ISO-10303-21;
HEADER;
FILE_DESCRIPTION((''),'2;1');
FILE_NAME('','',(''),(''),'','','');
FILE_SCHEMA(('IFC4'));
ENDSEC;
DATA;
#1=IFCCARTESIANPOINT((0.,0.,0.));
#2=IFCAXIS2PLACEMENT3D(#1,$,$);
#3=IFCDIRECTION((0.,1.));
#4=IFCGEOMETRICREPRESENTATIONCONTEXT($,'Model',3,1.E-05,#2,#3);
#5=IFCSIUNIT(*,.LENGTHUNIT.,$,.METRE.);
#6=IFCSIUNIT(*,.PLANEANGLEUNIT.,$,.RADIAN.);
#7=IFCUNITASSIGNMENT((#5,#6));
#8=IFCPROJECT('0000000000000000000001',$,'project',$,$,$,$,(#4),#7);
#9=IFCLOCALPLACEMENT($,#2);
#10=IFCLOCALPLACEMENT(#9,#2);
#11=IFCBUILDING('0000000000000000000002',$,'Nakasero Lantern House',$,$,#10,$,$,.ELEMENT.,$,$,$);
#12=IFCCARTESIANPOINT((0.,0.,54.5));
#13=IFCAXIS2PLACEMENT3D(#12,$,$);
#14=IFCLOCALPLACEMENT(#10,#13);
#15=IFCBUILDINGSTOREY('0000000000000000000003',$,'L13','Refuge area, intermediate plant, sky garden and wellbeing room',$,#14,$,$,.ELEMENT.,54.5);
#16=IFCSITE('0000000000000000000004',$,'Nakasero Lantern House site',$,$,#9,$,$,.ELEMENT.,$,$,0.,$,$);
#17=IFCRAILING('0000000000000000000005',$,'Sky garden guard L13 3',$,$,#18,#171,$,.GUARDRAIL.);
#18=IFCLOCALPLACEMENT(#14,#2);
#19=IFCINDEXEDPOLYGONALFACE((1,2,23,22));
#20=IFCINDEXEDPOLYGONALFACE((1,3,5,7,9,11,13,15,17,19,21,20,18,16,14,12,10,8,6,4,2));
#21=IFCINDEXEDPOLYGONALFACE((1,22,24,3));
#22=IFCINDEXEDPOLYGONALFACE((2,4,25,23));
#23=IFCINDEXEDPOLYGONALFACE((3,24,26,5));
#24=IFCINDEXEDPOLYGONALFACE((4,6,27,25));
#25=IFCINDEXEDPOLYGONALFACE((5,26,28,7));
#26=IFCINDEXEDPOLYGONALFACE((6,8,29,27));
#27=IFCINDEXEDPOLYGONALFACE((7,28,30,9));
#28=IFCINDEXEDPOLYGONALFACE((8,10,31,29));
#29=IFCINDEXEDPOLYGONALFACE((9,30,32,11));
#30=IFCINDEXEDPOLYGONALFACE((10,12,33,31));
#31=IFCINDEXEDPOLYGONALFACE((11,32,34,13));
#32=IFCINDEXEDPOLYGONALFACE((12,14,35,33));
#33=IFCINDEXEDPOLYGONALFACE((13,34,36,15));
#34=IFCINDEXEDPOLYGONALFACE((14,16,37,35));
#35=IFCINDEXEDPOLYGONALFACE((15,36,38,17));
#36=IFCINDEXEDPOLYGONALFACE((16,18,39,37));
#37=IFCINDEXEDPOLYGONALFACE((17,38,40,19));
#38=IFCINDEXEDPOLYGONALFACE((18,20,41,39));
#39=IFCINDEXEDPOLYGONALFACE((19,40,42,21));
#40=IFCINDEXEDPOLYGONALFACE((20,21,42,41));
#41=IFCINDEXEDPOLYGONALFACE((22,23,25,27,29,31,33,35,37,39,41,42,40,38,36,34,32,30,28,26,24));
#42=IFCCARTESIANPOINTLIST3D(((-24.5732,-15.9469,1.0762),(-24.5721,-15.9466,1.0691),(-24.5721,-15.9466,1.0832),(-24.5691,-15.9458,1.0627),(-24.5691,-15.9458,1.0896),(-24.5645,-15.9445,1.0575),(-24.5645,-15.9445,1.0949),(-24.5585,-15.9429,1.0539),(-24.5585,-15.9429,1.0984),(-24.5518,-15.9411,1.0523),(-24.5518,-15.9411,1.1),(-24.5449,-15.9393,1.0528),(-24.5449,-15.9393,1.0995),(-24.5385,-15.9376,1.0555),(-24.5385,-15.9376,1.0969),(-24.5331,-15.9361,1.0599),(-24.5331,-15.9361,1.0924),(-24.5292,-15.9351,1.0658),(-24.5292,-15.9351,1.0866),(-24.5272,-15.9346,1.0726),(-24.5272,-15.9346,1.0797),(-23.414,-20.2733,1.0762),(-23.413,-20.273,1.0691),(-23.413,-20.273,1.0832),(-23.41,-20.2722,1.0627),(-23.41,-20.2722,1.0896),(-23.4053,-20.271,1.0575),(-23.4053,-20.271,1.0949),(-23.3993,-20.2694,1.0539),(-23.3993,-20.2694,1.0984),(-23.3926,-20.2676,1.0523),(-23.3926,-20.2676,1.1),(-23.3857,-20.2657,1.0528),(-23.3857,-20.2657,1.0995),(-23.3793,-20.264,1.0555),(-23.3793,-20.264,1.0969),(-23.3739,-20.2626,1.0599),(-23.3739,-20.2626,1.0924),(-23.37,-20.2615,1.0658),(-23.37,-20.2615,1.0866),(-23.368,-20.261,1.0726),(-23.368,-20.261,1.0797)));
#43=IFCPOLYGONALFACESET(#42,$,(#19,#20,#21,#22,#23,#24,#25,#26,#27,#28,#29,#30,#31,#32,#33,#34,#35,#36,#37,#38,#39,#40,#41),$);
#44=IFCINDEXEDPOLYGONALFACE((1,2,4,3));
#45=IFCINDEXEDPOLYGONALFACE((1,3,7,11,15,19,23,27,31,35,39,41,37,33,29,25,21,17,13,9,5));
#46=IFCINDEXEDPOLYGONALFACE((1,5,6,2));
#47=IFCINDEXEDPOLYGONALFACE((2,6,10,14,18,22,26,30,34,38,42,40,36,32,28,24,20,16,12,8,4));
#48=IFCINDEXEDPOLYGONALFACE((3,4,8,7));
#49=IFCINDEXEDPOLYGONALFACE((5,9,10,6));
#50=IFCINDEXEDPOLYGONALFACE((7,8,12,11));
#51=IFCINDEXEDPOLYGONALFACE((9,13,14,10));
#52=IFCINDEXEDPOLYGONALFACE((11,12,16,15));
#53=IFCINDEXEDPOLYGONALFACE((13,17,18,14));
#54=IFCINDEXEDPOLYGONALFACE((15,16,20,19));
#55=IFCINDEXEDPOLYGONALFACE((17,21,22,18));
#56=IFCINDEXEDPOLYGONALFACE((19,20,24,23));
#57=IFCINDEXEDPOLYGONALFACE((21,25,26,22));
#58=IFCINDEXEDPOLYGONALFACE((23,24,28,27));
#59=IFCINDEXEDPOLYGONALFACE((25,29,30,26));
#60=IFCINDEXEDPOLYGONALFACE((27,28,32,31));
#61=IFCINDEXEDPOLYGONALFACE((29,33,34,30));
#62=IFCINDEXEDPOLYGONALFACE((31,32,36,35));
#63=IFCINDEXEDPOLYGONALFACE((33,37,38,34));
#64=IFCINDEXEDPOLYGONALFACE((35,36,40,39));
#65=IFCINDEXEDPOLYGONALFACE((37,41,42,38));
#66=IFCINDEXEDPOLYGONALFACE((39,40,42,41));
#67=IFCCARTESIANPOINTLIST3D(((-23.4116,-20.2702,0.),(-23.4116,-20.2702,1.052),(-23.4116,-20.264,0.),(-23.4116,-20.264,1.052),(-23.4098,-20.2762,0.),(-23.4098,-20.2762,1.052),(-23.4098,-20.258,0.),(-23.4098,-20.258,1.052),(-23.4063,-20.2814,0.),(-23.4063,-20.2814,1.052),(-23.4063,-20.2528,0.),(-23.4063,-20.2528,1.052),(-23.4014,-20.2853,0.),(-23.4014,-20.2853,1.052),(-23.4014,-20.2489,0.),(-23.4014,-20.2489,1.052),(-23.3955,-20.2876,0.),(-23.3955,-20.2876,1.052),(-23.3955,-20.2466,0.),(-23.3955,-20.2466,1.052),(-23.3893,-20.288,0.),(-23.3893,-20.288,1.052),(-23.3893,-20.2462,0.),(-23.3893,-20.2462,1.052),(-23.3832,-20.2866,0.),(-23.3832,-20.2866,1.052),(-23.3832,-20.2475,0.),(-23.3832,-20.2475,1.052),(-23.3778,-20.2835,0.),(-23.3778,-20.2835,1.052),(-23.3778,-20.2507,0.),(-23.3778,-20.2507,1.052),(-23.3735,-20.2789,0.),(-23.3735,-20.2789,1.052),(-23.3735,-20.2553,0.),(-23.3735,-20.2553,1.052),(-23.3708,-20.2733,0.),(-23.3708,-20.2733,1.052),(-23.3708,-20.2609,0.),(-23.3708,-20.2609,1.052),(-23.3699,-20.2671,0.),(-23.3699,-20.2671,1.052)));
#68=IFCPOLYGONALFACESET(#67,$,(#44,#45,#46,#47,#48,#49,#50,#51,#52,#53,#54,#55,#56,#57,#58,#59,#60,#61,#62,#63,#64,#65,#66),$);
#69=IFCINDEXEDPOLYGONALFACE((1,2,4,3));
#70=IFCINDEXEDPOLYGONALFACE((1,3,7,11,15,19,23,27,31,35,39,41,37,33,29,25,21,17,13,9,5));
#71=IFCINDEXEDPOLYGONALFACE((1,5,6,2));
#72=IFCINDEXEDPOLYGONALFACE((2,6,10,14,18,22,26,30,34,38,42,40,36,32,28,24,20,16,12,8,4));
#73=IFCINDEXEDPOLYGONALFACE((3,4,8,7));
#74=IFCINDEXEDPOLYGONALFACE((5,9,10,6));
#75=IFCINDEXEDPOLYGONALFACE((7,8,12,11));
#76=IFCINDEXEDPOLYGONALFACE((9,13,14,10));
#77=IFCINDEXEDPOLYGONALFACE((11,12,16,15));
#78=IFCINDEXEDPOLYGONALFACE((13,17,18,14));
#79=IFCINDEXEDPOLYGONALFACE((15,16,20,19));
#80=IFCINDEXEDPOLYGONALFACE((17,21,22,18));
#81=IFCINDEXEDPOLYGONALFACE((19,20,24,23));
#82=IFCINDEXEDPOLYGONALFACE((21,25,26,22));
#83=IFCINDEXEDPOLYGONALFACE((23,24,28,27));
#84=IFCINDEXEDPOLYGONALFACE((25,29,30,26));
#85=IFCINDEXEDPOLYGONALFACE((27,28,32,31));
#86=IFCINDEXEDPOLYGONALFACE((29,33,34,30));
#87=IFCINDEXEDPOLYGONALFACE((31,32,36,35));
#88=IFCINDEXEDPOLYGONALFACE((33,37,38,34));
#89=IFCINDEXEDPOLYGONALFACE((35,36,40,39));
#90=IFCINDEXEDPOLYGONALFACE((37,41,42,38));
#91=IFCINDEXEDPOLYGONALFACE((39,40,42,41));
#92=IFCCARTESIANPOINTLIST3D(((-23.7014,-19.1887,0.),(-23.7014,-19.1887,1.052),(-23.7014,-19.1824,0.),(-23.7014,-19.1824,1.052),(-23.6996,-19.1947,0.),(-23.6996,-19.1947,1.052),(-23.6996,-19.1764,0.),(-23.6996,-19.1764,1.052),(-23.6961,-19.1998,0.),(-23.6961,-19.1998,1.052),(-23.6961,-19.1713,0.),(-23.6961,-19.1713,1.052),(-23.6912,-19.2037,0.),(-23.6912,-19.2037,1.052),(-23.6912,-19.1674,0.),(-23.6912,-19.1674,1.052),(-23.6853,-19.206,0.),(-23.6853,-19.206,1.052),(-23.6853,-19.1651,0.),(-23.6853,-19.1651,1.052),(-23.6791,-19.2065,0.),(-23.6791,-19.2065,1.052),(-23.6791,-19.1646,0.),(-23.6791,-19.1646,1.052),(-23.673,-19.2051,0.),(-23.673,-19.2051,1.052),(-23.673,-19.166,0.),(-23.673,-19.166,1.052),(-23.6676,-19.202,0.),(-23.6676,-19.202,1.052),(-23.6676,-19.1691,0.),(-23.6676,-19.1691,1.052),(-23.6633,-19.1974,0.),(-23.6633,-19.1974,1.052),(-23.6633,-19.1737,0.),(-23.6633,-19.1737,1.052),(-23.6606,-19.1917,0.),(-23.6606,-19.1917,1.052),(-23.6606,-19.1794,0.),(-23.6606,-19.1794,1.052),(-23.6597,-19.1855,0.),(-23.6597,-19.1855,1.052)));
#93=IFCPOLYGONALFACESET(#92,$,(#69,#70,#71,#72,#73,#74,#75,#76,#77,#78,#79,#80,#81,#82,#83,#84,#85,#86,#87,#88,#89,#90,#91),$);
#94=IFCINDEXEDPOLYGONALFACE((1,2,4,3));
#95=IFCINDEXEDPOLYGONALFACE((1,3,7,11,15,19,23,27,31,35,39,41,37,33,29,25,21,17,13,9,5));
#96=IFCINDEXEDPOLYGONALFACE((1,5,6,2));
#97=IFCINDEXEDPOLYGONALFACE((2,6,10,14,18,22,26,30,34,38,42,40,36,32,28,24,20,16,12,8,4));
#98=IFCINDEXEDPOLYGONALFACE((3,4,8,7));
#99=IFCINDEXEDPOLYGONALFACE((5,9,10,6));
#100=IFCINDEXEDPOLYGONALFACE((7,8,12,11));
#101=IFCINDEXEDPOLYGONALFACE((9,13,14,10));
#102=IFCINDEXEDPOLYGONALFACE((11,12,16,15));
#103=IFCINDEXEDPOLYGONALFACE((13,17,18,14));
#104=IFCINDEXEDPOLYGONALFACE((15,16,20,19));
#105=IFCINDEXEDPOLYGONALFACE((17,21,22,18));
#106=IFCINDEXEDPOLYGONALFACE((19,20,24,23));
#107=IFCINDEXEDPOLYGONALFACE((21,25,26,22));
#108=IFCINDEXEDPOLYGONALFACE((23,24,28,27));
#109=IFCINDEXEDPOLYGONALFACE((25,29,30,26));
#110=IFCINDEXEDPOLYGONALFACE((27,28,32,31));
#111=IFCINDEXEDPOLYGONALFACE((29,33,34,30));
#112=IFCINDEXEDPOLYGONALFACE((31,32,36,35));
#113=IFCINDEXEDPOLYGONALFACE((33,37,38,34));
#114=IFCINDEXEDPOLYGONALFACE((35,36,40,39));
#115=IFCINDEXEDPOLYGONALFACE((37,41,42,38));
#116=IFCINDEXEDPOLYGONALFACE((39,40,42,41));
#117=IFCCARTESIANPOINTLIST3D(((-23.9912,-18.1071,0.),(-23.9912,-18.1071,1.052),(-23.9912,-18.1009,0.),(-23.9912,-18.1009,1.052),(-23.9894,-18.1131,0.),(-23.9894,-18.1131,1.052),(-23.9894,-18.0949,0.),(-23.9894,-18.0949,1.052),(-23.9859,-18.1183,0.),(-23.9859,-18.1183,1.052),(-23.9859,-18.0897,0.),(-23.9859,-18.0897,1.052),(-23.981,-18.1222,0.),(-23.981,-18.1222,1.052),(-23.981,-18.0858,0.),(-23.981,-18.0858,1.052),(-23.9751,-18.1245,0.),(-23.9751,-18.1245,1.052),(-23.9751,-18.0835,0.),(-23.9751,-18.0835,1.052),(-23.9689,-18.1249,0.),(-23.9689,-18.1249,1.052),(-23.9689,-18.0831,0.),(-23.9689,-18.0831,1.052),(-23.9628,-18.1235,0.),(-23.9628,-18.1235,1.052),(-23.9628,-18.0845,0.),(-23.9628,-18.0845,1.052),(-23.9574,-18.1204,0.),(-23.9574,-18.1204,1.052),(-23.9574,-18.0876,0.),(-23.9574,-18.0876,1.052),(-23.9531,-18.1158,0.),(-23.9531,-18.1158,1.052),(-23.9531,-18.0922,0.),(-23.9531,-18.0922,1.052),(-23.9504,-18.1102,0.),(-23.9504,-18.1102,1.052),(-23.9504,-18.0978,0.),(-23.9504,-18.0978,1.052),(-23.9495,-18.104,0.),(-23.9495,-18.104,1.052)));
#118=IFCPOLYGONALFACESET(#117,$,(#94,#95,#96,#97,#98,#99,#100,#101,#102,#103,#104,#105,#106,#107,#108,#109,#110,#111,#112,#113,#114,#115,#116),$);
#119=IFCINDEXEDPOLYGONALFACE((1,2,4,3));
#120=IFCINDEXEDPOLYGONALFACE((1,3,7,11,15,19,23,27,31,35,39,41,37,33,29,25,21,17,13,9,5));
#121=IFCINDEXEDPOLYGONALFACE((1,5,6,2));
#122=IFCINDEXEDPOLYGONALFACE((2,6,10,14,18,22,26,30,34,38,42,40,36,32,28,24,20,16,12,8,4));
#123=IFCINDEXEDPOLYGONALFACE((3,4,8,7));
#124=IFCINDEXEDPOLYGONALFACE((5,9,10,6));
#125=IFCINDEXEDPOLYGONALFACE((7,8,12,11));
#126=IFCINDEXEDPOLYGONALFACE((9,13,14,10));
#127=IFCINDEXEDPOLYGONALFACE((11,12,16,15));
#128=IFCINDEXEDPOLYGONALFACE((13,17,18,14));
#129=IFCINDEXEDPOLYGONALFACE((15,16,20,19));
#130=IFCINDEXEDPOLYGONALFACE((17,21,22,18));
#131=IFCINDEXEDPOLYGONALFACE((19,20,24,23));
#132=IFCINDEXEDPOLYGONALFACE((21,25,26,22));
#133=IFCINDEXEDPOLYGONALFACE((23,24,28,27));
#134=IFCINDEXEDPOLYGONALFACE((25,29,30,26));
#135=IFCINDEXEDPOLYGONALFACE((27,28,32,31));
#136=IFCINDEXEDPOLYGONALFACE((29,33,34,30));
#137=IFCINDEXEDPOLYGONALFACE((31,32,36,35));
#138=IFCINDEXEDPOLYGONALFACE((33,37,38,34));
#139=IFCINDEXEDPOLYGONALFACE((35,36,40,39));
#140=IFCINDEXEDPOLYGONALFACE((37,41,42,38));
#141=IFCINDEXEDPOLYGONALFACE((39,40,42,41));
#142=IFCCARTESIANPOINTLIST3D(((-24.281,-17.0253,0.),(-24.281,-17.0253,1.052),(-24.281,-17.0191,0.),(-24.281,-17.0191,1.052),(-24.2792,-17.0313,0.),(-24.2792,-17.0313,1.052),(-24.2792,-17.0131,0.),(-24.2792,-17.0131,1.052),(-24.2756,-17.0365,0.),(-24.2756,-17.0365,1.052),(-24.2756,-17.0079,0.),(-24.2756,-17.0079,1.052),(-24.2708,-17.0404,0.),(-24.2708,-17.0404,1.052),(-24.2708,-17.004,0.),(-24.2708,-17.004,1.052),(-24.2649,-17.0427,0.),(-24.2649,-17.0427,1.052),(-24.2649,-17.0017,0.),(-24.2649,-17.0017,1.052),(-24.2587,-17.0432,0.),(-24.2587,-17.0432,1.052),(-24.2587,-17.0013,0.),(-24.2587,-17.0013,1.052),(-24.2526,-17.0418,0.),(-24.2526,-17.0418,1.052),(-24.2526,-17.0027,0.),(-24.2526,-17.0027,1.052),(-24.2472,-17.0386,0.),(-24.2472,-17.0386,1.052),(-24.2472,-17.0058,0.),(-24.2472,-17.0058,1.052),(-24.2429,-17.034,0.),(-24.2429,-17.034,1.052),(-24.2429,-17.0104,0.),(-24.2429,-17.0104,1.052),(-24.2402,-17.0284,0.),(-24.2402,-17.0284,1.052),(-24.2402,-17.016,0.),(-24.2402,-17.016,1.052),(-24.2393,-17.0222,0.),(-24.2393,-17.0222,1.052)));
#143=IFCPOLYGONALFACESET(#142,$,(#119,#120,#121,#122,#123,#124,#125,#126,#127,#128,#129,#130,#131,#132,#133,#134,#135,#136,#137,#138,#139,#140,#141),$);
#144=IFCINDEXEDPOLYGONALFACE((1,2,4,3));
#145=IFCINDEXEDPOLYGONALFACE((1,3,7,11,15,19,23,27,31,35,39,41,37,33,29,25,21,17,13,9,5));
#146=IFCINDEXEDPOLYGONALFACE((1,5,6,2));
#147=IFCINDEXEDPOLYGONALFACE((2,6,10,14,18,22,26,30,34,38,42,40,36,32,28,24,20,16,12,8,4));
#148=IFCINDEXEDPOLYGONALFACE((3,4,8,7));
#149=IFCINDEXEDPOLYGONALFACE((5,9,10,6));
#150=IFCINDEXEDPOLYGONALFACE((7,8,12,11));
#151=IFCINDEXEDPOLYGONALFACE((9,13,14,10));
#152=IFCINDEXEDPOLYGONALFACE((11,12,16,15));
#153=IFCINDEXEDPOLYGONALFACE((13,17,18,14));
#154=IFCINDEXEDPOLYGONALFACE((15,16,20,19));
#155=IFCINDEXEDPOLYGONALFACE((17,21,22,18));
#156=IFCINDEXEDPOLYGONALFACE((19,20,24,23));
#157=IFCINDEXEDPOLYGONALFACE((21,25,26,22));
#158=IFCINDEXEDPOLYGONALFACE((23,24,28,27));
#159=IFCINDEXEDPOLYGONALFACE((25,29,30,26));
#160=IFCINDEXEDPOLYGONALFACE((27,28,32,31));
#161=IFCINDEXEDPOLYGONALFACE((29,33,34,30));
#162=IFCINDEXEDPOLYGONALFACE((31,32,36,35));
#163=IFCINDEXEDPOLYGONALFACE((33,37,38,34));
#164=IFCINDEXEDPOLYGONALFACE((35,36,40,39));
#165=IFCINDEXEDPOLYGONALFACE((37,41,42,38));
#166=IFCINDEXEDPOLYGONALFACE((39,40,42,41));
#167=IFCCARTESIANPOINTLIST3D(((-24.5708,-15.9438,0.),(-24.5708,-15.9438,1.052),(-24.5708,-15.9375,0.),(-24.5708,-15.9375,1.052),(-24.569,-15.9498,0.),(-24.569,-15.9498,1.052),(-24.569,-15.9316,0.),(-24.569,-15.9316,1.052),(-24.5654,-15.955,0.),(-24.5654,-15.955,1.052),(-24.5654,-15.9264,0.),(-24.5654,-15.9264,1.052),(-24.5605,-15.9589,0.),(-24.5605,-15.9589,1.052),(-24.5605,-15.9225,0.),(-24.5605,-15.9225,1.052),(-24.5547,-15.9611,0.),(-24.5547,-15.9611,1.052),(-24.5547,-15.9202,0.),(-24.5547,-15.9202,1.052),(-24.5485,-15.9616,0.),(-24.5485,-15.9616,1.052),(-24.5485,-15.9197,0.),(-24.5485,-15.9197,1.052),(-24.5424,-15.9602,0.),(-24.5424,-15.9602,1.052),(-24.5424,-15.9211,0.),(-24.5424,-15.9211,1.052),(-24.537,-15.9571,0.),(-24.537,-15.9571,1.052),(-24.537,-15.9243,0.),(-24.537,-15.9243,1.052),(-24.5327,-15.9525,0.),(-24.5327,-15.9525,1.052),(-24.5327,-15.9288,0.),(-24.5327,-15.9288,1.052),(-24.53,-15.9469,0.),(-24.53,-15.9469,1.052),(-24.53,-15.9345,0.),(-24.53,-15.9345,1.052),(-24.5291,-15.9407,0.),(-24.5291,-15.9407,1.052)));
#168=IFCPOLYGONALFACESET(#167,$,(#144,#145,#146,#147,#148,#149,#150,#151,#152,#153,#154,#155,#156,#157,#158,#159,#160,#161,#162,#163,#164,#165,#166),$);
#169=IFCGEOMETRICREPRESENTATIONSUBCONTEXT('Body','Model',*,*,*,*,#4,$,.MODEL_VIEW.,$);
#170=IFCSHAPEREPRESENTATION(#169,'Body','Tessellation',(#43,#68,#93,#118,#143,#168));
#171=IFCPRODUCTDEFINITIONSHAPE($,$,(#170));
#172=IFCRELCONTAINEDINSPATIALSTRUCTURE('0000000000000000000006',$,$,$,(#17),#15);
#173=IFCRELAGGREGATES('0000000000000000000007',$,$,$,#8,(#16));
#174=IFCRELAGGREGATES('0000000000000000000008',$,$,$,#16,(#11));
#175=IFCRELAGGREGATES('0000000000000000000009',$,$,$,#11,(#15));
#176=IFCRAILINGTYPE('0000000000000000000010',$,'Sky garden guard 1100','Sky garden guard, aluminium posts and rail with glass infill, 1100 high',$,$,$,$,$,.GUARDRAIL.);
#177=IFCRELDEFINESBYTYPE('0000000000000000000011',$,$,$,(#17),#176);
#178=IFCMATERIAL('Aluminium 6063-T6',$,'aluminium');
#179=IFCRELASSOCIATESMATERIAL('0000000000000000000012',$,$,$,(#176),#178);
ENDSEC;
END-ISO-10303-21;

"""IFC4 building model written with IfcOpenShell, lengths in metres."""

from ifc_helpers import new_model, si_unit, direction, frame, origin, origin_2d, place, context, subcontext, project, spatial, circle, extrude, material, type_object, element, save


model = new_model("IFC4")

# Units and contexts
model_context = context("Model", 3, precision=1e-05, world=origin(), true_north=direction((0.0, 1.0)))
body_context = subcontext(model_context, "Body", "Model", "MODEL_VIEW")
ifc_project = project(units=[si_unit("LENGTHUNIT", "METRE"), si_unit("PLANEANGLEUNIT", "RADIAN")], contexts=[model_context])

# Site, building, storey
site_placement = place(None, origin())
site = spatial("IfcSite", under=ifc_project, at=site_placement, Name="Nakasero Lantern House site", CompositionType="ELEMENT", RefElevation=0.0)
building_placement = place(site_placement, origin())
building = spatial("IfcBuilding", under=site, at=building_placement, Name="Nakasero Lantern House", CompositionType="ELEMENT")
storey_placement = place(building_placement, frame((0.0, 0.0, 54.5)))
storey = spatial("IfcBuildingStorey", under=building, at=storey_placement, Name="L13", Description="Refuge area, intermediate plant, sky garden and wellbeing room", CompositionType="ELEMENT", Elevation=54.5)

# Railing
ifc_material_1 = material(Name="Aluminium 6063-T6", Category="aluminium")
railing_type = type_object("IfcRailingType", Name="Sky garden guard 1100", Description="Sky garden guard, aluminium posts and rail with glass infill, 1100 high", PredefinedType="GUARDRAIL", material=ifc_material_1)
railing_1_placement = place(storey_placement, frame((-23.3909, -20.2671, 0.0)))
element("IfcRailing", 1, at=railing_1_placement, inside=storey, type_object=railing_type, Name="Sky garden guard L13 3", PredefinedType="GUARDRAIL", context=body_context, shape_type="SweptSolid", body=[
    extrude(circle(Radius=0.0239, at=origin_2d()), frame((0.0, 0.0, 1.0762), z_axis=(-0.258802, 0.96593, 0.0), x_axis=(-0.96593, -0.258802, 0.0)), (0.0, 0.0, 1.0), 4.479),
    extrude(circle(Radius=0.021, at=origin_2d()), origin(), (0.0, 0.0, 1.0), 1.052),
    extrude(circle(Radius=0.021, at=origin_2d()), frame((-0.2898, 1.0815, 0.0)), (0.0, 0.0, 1.0), 1.052),
    extrude(circle(Radius=0.021, at=origin_2d()), frame((-0.5796, 2.1631, 0.0)), (0.0, 0.0, 1.0), 1.052),
    extrude(circle(Radius=0.021, at=origin_2d()), frame((-0.8694, 3.2449, 0.0)), (0.0, 0.0, 1.0), 1.052),
    extrude(circle(Radius=0.021, at=origin_2d()), frame((-1.1592, 4.3264, 0.0)), (0.0, 0.0, 1.0), 1.052),
])

save(model, "model.ifc")
